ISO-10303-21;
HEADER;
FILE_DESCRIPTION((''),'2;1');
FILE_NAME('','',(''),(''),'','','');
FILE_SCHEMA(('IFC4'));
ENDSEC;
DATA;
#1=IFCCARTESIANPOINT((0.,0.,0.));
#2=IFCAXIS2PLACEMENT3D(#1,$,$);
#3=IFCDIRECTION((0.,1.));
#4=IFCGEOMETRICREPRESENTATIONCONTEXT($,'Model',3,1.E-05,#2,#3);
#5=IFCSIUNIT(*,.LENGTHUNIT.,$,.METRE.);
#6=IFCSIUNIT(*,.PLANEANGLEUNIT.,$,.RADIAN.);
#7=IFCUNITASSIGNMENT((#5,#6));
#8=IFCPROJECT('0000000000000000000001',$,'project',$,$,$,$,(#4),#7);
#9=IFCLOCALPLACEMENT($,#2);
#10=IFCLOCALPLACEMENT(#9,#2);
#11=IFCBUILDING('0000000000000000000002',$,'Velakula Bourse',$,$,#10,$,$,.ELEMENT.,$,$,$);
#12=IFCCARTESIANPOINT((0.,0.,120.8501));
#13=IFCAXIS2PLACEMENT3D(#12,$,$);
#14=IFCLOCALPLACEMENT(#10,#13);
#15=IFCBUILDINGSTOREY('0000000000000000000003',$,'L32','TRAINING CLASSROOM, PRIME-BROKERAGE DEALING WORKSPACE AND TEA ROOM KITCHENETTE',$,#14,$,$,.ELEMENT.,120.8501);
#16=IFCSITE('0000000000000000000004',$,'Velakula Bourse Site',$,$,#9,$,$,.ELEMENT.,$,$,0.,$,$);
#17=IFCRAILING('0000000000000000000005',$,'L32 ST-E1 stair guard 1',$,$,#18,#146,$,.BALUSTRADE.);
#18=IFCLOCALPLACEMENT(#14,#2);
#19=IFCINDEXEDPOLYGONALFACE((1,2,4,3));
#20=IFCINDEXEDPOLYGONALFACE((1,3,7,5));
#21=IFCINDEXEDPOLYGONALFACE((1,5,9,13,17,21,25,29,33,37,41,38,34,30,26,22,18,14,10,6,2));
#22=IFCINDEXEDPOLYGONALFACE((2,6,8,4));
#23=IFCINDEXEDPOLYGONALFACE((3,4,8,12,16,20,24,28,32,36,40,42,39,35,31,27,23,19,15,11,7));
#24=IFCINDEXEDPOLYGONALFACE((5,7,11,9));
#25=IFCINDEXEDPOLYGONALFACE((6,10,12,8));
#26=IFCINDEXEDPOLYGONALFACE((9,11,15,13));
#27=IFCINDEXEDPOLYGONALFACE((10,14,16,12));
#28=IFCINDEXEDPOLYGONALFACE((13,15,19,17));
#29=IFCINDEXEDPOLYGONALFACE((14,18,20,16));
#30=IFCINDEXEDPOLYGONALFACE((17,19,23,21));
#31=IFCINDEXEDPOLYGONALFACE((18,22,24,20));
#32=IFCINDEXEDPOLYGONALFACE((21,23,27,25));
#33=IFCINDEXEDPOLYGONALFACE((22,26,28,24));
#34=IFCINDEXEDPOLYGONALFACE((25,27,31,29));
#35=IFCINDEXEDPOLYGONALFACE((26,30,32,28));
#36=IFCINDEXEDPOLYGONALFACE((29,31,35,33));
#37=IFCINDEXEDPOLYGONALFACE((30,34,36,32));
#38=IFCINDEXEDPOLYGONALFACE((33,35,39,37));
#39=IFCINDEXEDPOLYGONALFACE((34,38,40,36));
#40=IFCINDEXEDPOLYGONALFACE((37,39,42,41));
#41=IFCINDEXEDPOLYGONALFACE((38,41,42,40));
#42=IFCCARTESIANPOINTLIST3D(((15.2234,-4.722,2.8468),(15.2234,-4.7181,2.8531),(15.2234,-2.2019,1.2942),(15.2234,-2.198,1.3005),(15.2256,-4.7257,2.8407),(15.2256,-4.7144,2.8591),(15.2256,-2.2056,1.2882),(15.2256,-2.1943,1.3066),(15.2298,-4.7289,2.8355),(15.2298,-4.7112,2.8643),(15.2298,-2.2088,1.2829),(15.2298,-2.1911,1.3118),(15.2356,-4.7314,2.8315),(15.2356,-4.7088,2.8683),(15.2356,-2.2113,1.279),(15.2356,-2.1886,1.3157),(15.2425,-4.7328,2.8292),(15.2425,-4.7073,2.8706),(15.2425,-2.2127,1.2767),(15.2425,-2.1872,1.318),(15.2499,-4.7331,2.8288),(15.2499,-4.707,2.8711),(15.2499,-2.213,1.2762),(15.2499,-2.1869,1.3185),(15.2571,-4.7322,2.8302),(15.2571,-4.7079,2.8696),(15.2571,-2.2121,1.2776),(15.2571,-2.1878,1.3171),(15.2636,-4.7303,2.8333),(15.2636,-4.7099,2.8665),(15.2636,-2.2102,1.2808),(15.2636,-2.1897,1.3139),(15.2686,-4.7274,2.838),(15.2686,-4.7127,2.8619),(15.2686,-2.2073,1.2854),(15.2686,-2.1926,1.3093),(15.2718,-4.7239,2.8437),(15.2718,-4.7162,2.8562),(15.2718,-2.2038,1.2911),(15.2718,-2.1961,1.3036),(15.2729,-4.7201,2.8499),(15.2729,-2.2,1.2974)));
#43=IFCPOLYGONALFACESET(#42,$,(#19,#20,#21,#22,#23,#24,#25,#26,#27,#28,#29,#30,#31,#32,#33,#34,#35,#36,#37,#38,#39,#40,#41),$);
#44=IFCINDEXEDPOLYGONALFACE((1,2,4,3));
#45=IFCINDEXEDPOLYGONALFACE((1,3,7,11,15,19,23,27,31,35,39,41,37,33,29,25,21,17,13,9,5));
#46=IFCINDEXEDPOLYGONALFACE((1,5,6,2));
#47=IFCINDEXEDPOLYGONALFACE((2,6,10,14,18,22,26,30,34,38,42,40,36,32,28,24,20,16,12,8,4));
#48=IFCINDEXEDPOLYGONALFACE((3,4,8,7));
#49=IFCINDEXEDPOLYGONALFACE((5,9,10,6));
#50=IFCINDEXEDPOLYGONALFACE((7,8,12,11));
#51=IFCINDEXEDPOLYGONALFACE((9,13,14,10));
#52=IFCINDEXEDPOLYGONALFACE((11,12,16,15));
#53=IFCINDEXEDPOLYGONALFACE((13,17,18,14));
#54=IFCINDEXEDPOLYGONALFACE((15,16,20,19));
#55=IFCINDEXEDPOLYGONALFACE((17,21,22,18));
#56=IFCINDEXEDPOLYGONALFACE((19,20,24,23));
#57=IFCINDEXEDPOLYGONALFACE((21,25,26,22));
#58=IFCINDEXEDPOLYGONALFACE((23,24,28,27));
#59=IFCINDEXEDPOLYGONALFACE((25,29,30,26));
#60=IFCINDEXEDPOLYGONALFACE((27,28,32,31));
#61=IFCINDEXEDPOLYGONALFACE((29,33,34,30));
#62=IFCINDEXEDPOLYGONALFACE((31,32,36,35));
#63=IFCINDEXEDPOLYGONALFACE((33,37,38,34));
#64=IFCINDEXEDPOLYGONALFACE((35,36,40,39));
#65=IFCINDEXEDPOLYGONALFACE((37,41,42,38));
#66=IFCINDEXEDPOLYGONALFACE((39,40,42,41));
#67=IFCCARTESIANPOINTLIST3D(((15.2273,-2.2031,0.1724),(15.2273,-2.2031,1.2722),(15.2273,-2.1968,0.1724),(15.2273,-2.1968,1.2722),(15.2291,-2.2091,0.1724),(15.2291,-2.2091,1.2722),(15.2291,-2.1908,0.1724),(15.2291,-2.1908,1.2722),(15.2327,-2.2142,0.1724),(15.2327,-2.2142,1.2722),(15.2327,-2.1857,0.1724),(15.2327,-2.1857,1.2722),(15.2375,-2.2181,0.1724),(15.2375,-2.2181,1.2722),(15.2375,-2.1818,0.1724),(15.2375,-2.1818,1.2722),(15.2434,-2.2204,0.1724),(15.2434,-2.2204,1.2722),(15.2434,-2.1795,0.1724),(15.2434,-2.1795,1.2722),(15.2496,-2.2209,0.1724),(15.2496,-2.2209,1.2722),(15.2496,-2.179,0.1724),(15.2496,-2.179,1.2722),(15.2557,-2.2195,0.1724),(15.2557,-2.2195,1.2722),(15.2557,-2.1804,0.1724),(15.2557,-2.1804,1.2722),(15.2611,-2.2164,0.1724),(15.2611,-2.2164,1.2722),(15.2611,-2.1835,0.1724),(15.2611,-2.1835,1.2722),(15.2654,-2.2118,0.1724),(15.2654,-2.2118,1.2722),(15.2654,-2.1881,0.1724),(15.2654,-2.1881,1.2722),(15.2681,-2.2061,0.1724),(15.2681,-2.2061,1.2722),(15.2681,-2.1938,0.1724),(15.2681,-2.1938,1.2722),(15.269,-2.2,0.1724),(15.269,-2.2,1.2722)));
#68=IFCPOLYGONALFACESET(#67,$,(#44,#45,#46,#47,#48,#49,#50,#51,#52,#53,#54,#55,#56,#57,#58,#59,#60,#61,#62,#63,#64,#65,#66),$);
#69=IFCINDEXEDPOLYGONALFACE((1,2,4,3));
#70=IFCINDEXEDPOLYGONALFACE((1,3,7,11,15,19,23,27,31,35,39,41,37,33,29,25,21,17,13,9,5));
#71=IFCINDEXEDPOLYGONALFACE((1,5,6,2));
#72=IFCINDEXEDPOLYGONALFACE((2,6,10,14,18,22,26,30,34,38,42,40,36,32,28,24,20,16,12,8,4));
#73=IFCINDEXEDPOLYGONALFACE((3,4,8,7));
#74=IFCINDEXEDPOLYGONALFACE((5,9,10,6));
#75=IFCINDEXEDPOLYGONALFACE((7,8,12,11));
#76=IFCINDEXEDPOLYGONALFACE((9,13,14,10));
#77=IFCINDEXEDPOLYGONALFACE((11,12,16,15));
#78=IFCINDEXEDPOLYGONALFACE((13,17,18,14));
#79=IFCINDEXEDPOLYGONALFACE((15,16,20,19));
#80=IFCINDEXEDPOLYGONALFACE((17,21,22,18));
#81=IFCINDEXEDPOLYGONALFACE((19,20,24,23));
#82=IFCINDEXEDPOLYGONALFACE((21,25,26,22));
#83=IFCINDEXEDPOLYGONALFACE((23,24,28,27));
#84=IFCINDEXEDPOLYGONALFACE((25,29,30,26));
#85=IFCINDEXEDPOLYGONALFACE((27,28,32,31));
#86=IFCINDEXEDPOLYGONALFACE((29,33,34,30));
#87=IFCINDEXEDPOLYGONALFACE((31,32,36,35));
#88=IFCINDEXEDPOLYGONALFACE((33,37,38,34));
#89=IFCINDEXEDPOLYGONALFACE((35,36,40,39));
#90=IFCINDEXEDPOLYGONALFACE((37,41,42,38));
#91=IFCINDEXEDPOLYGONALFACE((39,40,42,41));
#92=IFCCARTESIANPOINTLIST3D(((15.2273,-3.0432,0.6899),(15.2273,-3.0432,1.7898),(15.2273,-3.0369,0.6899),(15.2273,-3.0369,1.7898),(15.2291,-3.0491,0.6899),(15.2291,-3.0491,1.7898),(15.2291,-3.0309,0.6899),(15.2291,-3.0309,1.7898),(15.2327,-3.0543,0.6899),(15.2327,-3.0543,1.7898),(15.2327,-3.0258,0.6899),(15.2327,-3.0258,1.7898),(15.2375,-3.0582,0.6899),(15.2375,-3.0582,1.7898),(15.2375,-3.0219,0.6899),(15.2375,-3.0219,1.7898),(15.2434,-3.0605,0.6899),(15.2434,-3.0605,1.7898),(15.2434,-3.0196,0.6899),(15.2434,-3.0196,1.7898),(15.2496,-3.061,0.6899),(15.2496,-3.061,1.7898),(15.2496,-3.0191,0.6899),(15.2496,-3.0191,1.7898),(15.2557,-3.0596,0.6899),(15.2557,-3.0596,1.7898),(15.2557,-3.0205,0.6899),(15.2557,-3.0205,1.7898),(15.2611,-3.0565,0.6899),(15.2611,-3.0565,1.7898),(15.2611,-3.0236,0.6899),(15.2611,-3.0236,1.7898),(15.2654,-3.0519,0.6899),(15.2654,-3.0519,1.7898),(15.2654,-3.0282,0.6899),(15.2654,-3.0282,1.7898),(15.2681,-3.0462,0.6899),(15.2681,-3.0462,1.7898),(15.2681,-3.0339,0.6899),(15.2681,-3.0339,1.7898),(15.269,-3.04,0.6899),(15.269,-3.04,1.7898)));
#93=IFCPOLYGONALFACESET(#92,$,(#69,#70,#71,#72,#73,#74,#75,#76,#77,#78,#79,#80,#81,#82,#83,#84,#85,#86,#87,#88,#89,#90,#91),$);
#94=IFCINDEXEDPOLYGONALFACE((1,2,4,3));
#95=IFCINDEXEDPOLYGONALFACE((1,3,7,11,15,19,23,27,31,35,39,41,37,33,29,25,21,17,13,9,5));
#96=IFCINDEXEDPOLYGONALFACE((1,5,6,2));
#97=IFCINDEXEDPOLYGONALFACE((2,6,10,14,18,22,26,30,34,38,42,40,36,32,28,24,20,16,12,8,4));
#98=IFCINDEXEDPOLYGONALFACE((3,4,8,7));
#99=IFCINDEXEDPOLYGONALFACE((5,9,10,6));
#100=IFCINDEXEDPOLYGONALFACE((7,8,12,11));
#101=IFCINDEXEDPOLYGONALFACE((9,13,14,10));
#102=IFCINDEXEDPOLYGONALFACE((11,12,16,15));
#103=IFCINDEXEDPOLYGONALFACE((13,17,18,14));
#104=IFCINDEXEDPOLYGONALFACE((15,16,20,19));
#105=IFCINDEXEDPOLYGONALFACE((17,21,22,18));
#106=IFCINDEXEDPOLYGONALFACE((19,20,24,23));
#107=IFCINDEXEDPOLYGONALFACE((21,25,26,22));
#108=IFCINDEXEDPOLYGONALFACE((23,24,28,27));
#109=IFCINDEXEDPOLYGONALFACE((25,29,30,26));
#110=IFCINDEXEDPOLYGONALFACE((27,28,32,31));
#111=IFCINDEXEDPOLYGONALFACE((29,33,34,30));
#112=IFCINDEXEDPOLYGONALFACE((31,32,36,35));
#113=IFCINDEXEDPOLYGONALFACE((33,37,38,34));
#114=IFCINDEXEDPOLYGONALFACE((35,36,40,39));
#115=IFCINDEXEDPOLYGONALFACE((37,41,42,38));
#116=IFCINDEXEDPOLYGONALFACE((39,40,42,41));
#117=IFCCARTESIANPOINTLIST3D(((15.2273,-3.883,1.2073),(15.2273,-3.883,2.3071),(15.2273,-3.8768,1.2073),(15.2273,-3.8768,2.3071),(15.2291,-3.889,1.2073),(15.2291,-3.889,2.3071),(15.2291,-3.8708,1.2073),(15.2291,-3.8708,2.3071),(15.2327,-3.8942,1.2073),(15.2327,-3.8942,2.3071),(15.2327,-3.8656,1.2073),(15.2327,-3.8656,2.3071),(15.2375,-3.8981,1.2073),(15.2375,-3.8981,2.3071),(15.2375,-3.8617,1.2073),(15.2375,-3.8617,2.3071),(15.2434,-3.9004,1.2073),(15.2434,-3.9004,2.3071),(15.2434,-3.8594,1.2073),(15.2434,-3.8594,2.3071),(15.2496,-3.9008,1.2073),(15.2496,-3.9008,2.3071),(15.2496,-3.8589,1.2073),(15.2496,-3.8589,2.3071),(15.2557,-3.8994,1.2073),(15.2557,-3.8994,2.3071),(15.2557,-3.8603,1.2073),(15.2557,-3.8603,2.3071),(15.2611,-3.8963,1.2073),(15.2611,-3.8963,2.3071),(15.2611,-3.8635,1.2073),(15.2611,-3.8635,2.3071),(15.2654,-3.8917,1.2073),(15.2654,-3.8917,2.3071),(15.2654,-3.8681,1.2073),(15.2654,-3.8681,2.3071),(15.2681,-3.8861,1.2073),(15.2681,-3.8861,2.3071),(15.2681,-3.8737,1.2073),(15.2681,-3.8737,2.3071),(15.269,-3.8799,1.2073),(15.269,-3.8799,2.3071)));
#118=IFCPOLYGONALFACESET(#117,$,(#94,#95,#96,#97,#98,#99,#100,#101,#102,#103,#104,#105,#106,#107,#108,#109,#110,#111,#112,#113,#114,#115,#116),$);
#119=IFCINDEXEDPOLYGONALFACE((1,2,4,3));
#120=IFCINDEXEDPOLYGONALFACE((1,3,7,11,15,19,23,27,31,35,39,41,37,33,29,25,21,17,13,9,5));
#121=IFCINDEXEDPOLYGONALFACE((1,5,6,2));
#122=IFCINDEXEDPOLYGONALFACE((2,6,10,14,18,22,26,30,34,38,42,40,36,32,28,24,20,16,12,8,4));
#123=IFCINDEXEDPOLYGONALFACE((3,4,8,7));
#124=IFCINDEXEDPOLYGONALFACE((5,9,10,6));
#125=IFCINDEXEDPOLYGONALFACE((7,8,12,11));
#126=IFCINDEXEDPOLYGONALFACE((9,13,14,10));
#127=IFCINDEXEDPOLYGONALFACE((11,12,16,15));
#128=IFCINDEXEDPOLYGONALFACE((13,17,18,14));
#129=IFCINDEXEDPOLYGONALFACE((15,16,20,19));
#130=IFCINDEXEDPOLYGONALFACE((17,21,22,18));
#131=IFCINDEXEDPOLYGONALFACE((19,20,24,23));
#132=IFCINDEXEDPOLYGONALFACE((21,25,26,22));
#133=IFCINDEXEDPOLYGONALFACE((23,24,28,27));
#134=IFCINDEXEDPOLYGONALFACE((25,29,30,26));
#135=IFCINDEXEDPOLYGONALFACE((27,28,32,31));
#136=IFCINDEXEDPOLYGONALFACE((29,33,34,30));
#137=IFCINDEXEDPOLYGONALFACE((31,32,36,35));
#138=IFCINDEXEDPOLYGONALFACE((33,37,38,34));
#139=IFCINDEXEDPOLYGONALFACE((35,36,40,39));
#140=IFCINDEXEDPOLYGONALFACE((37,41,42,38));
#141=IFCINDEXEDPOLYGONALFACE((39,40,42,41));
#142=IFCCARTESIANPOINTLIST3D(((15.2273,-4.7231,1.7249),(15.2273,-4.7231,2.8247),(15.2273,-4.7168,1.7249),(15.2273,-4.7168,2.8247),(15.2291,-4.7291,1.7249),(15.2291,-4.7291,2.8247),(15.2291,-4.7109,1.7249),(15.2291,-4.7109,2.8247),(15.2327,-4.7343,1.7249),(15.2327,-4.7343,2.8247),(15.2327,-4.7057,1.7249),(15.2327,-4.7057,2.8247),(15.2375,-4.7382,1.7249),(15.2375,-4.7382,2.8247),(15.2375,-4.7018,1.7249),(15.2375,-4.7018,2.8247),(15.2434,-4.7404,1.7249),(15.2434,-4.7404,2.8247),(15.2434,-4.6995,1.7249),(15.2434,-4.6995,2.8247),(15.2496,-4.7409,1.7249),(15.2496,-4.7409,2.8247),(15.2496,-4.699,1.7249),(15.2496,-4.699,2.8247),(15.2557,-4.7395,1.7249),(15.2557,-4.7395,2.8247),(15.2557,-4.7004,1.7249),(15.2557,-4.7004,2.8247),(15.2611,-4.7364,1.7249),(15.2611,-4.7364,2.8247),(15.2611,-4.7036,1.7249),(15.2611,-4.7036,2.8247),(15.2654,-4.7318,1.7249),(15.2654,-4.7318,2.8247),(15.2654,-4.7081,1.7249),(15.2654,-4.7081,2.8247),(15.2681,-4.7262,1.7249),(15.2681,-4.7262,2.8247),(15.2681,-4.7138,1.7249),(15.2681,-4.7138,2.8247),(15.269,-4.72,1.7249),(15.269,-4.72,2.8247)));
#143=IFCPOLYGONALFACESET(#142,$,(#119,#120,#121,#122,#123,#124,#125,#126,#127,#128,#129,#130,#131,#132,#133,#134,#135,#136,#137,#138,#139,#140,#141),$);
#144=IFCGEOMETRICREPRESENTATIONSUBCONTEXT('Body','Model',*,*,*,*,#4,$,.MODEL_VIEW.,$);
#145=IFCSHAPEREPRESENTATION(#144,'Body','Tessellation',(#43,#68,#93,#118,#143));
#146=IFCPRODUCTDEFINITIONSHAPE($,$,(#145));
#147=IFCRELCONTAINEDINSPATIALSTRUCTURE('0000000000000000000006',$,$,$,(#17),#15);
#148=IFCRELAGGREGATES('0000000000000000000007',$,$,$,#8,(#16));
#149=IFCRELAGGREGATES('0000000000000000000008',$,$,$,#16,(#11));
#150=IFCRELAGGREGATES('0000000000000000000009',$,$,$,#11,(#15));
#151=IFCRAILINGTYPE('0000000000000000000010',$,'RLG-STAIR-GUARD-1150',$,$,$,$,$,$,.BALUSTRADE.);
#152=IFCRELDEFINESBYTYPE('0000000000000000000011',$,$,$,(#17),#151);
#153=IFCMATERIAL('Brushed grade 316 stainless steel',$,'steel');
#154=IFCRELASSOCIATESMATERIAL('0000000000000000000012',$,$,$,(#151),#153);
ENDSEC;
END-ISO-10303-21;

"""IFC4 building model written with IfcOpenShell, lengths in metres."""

from ifc_helpers import new_model, si_unit, direction, frame, origin, origin_2d, place, context, subcontext, project, spatial, circle, extrude, material, type_object, element, save


model = new_model("IFC4")

# Units and contexts
model_context = context("Model", 3, precision=1e-05, world=origin(), true_north=direction((0.0, 1.0)))
body_context = subcontext(model_context, "Body", "Model", "MODEL_VIEW")
ifc_project = project(units=[si_unit("LENGTHUNIT", "METRE"), si_unit("PLANEANGLEUNIT", "RADIAN")], contexts=[model_context])

# Site, building, storey
site_placement = place(None, origin())
site = spatial("IfcSite", under=ifc_project, at=site_placement, Name="Velakula Bourse Site", CompositionType="ELEMENT", RefElevation=0.0)
building_placement = place(site_placement, origin())
building = spatial("IfcBuilding", under=site, at=building_placement, Name="Velakula Bourse", CompositionType="ELEMENT")
storey_placement = place(building_placement, frame((0.0, 0.0, 120.8501)))
storey = spatial("IfcBuildingStorey", under=building, at=storey_placement, Name="L32", Description="TRAINING CLASSROOM, PRIME-BROKERAGE DEALING WORKSPACE AND TEA ROOM KITCHENETTE", CompositionType="ELEMENT", Elevation=120.8501)

# Shared definitions
ifc_material_1 = material(Name="Brushed grade 316 stainless steel", Category="steel")

# Railing
railing_type_1 = type_object("IfcRailingType", Name="RLG-STAIR-GUARD-1150", PredefinedType="BALUSTRADE", material=ifc_material_1)
railing_1_placement = place(storey_placement, frame((15.248, -2.2, 0.1724)))
element("IfcRailing", 1, at=railing_1_placement, inside=storey, type_object=railing_type_1, Name="L32 ST-E1 stair guard 1", PredefinedType="BALUSTRADE", context=body_context, shape_type="SweptSolid", body=[
    extrude(circle(Radius=0.0249, at=origin_2d()), frame((0.0, 0.0, 1.125), z_axis=(0.0, -0.8514, 0.524516), x_axis=(1.0, 0.0, 0.0)), (0.0, 0.0, 1.0), 2.96),
    extrude(circle(Radius=0.021, at=origin_2d()), origin(), (0.0, 0.0, 1.0), 1.0999),
    extrude(circle(Radius=0.021, at=origin_2d()), frame((0.0, -0.8401, 0.5176)), (0.0, 0.0, 1.0), 1.0999),
    extrude(circle(Radius=0.021, at=origin_2d()), frame((0.0, -1.6799, 1.0349)), (0.0, 0.0, 1.0), 1.0999),
    extrude(circle(Radius=0.021, at=origin_2d()), frame((0.0, -2.52, 1.5525)), (0.0, 0.0, 1.0), 1.0999),
])

save(model, "model.ifc")
